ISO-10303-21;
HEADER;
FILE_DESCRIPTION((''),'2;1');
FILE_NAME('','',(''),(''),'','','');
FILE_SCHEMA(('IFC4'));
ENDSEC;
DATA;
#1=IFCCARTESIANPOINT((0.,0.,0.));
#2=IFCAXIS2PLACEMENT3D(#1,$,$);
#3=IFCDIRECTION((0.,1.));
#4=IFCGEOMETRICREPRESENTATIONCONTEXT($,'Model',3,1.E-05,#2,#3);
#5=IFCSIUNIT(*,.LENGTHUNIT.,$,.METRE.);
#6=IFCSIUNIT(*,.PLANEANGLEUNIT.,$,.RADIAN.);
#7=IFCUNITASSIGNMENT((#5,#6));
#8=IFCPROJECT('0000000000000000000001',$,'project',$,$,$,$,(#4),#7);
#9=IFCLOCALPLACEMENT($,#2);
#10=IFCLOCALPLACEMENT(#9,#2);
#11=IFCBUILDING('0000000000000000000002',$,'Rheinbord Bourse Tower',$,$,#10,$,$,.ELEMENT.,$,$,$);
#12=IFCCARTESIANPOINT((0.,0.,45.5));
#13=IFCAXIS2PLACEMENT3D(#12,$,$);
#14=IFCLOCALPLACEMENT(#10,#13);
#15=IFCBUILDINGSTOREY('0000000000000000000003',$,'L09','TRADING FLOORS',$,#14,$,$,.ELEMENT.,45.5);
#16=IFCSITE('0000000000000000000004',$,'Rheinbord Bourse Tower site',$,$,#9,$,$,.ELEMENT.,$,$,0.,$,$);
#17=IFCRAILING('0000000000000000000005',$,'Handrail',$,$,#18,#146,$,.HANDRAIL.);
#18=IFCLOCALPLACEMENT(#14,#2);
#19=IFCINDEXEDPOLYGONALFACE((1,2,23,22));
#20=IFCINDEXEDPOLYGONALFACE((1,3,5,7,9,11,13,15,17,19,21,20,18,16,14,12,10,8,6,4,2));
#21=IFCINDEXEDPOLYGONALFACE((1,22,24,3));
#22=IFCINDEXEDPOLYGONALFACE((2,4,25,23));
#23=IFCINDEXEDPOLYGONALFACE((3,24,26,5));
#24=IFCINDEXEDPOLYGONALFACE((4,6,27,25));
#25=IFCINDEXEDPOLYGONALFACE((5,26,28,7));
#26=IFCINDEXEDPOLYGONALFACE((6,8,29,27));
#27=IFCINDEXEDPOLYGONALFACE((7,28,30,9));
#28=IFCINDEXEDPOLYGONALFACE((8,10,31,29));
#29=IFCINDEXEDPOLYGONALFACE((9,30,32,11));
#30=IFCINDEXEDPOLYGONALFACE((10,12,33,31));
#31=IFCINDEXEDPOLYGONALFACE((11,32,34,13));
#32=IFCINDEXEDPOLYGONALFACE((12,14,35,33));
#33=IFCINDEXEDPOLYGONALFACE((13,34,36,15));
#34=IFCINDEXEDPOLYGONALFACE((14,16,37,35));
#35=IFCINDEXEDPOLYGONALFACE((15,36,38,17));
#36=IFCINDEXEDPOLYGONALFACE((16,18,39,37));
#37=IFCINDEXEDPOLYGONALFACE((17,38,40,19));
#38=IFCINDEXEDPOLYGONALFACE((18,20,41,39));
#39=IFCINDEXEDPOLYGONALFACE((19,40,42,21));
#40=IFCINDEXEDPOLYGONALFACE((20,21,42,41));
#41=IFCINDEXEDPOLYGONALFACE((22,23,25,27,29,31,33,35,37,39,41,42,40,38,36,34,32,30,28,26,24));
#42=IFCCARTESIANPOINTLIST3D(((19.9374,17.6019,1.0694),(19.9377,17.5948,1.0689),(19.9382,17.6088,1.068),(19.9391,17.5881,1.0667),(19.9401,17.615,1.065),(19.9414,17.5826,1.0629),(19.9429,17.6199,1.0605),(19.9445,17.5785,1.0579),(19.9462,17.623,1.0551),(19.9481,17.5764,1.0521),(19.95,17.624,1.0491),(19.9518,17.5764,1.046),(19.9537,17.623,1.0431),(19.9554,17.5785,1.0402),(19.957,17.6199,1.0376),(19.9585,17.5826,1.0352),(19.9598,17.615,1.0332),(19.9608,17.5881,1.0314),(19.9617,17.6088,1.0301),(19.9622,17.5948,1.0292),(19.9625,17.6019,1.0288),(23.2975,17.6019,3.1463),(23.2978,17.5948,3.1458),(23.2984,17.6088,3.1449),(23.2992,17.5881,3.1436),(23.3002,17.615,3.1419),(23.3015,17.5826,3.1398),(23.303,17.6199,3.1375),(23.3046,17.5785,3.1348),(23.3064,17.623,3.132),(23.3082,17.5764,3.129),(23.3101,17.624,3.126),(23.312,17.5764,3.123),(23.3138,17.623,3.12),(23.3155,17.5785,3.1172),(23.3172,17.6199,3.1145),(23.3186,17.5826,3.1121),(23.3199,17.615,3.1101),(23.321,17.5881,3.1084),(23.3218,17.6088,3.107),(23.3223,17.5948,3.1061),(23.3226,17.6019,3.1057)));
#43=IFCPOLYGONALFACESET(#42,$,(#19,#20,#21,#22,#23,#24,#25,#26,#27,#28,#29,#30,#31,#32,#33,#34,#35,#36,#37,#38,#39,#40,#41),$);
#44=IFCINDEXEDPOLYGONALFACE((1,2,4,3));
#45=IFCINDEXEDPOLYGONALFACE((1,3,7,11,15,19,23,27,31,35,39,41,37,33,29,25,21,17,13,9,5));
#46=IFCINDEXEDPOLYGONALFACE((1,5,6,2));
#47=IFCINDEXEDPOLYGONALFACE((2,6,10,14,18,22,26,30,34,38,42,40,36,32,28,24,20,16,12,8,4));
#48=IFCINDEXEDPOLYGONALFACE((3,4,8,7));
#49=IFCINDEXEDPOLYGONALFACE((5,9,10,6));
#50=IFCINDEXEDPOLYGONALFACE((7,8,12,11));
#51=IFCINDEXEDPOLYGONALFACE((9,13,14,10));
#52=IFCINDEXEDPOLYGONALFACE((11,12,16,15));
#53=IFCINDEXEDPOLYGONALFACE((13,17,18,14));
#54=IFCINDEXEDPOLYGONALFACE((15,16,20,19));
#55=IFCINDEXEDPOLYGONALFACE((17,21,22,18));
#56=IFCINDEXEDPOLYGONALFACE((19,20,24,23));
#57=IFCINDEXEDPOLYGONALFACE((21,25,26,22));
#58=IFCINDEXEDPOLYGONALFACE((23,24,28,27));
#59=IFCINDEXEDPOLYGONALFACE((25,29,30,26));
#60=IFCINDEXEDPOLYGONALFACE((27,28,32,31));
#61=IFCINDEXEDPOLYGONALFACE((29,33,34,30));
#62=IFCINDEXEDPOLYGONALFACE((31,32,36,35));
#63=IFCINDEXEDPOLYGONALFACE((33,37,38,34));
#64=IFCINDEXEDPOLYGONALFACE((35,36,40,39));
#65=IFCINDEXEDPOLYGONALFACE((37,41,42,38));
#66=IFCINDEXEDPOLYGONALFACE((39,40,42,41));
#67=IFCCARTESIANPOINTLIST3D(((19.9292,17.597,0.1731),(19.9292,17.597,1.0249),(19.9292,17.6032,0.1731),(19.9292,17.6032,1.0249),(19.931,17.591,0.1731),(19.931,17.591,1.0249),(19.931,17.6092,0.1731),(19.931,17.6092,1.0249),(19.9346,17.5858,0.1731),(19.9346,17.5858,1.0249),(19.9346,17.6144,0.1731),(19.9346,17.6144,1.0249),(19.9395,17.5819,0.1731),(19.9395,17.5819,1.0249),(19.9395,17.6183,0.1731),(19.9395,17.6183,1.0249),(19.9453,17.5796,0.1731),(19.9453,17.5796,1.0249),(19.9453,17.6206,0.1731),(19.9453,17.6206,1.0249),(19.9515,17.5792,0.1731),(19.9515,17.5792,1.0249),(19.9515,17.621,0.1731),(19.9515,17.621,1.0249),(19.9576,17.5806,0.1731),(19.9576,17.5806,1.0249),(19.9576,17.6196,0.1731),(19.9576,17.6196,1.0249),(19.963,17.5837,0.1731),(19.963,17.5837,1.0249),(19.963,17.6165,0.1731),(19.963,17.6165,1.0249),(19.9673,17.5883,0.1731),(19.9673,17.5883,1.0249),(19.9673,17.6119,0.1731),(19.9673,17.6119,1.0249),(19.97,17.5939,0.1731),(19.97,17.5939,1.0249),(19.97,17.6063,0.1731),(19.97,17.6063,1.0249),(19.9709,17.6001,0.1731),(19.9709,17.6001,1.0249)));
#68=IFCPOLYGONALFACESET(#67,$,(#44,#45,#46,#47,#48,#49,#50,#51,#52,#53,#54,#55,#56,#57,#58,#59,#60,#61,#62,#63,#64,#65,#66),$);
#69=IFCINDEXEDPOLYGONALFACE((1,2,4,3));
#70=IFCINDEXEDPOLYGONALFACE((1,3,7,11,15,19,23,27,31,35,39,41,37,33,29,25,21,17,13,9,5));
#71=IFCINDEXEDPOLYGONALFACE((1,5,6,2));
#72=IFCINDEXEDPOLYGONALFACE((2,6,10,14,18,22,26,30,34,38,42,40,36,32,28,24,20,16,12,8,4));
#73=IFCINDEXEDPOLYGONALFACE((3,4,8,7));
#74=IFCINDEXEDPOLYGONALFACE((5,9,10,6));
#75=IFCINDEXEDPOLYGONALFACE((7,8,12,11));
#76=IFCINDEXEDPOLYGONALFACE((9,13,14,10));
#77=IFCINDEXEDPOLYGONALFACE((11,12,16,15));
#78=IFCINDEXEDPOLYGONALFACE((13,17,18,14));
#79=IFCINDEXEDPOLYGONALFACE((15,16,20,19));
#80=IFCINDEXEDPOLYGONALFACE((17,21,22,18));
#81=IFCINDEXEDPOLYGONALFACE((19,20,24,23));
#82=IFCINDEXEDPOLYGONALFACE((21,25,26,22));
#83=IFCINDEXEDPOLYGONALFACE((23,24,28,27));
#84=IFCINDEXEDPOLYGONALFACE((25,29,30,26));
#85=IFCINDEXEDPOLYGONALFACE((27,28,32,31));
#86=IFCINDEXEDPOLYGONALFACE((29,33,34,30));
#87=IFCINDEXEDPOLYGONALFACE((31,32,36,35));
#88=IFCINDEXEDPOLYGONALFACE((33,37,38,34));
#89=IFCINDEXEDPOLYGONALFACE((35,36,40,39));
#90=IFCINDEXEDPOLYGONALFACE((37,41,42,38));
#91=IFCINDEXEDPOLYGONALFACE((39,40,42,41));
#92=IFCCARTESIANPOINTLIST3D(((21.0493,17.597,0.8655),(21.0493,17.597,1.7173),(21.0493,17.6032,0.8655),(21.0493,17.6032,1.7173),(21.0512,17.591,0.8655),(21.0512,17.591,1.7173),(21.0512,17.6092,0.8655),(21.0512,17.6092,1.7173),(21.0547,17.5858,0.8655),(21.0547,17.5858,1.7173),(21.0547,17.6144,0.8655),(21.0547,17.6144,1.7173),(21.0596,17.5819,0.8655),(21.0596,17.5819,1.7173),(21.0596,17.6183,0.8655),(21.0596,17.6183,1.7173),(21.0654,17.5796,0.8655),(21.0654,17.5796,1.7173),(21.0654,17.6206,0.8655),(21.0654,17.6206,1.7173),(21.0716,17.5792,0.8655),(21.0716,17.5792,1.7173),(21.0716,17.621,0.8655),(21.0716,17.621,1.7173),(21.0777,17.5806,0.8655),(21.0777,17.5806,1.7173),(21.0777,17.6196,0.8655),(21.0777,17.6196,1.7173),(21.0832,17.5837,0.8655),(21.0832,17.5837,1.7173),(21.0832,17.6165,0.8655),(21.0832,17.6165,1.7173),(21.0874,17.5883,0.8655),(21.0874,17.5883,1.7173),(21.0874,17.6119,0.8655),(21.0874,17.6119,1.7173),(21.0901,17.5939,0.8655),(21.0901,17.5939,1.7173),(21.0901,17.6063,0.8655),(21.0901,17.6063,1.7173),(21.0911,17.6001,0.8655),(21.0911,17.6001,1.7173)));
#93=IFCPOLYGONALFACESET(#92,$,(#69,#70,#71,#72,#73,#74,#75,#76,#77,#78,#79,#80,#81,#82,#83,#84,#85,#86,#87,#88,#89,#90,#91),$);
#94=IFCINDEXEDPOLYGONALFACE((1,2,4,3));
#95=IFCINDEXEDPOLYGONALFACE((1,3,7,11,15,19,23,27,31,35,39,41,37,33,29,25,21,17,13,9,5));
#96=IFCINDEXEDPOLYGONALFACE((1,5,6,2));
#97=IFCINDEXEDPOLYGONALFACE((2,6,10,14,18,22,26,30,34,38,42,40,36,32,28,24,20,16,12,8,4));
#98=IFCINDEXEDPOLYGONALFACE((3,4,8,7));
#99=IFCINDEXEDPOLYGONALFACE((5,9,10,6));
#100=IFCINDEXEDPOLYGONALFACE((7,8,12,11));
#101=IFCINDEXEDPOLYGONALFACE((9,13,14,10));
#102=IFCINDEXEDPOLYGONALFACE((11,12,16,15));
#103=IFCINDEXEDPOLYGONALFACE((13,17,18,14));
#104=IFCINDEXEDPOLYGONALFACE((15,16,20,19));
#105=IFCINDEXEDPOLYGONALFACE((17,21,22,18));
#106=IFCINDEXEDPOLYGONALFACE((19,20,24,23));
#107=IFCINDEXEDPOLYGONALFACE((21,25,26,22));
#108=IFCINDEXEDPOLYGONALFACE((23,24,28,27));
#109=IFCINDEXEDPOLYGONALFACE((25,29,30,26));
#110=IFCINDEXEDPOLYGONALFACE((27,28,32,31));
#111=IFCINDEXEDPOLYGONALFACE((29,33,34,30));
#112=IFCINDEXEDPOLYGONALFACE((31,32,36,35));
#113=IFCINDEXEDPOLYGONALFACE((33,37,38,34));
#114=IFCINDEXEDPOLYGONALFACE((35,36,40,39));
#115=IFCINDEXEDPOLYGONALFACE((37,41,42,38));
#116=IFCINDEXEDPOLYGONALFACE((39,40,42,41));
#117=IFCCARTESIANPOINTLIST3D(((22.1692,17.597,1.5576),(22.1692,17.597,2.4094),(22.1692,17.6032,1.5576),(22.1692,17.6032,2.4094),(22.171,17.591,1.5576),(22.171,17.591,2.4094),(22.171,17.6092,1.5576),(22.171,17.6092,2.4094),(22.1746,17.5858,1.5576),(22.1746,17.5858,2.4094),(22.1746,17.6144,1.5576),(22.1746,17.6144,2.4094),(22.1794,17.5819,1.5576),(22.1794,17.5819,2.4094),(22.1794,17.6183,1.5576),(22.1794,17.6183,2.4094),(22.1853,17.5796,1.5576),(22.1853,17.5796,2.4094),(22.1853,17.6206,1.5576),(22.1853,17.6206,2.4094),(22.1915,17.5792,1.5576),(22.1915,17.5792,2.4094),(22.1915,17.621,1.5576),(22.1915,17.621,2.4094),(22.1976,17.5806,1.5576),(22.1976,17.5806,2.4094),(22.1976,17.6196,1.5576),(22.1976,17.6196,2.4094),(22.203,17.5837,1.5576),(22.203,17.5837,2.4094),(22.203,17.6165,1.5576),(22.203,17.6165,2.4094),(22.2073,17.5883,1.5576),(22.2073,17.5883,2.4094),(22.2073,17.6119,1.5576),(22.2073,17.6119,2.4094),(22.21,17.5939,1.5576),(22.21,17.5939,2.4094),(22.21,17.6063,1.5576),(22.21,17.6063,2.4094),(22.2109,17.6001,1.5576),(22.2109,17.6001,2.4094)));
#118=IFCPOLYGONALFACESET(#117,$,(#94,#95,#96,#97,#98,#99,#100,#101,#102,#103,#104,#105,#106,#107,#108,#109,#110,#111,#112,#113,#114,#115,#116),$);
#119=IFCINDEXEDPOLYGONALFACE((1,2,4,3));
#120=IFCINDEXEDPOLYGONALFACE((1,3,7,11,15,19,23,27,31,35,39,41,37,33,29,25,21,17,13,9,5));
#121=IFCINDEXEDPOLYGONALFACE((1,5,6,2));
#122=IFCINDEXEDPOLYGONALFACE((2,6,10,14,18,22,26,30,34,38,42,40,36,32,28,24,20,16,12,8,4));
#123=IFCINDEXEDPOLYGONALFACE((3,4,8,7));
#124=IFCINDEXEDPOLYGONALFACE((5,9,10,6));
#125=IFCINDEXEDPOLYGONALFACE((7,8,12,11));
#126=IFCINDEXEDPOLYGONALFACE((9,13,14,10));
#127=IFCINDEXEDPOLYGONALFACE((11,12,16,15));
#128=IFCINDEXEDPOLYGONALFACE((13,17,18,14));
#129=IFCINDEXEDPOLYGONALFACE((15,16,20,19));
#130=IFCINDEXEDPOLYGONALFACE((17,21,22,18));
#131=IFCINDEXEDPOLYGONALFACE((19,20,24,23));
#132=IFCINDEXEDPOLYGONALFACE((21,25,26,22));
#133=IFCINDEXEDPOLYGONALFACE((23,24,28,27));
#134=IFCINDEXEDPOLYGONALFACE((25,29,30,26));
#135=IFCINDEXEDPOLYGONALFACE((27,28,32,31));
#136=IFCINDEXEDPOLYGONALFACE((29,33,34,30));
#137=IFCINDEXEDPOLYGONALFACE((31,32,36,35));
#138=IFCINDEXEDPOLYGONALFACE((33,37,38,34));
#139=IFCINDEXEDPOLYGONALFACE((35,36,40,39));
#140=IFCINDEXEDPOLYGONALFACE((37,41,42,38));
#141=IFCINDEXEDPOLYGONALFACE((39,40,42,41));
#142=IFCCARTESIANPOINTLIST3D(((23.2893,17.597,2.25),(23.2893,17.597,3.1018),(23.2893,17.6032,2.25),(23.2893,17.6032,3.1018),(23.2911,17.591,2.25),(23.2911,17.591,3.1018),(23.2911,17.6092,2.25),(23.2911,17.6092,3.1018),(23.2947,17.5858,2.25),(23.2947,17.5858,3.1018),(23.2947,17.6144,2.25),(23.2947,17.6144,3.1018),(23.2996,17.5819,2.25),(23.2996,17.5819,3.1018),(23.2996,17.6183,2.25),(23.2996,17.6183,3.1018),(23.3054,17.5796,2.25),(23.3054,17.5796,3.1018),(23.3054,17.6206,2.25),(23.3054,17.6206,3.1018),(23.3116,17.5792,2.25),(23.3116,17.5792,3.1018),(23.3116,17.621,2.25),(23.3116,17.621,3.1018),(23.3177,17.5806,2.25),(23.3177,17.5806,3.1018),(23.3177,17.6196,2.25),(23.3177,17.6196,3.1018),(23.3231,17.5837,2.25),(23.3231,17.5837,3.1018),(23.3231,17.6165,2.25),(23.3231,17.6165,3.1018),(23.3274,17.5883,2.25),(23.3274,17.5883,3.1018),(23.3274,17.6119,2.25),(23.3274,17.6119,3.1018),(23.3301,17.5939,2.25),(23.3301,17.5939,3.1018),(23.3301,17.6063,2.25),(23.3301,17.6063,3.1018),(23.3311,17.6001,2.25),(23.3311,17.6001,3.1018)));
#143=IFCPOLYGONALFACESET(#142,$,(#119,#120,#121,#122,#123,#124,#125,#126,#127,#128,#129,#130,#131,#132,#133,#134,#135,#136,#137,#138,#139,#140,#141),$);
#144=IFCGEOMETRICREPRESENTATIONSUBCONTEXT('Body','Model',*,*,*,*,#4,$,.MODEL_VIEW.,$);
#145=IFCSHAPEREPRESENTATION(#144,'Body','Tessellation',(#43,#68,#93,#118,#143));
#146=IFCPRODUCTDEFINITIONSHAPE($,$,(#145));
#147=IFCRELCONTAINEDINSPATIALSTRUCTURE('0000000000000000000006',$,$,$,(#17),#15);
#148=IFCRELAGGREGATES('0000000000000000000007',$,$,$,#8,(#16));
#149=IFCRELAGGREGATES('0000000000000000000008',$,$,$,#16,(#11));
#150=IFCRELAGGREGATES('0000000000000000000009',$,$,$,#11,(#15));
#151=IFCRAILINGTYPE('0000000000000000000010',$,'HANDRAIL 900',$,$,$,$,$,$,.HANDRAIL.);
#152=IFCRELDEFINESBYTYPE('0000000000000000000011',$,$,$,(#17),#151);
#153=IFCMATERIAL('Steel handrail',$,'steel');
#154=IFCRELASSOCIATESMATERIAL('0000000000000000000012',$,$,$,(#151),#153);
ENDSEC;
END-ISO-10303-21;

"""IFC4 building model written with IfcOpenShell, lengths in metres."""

from ifc_helpers import new_model, si_unit, direction, frame, origin, origin_2d, place, context, subcontext, project, spatial, circle, extrude, material, type_object, element, save


model = new_model("IFC4")

# Units and contexts
model_context = context("Model", 3, precision=1e-05, world=origin(), true_north=direction((0.0, 1.0)))
body_context = subcontext(model_context, "Body", "Model", "MODEL_VIEW")
ifc_project = project(units=[si_unit("LENGTHUNIT", "METRE"), si_unit("PLANEANGLEUNIT", "RADIAN")], contexts=[model_context])

# Site, building, storey
site_placement = place(None, origin())
site = spatial("IfcSite", under=ifc_project, at=site_placement, Name="Rheinbord Bourse Tower site", CompositionType="ELEMENT", RefElevation=0.0)
building_placement = place(site_placement, origin())
building = spatial("IfcBuilding", under=site, at=building_placement, Name="Rheinbord Bourse Tower", CompositionType="ELEMENT")
storey_placement = place(building_placement, frame((0.0, 0.0, 45.5)))
storey = spatial("IfcBuildingStorey", under=building, at=storey_placement, Name="L09", Description="TRADING FLOORS", CompositionType="ELEMENT", Elevation=45.5)

# Railing
ifc_material_1 = material(Name="Steel handrail", Category="steel")
railing_type = type_object("IfcRailingType", Name="HANDRAIL 900", PredefinedType="HANDRAIL", material=ifc_material_1)
railing_1_placement = place(storey_placement, frame((19.95, 17.6001, 0.1731)))
element("IfcRailing", 1, at=railing_1_placement, inside=storey, type_object=railing_type, Name="Handrail", PredefinedType="HANDRAIL", context=body_context, shape_type="SweptSolid", body=[
    extrude(circle(Radius=0.0239, at=origin_2d()), frame((0.0, 0.0, 0.876), z_axis=(0.850623, 0.0, 0.525776), x_axis=(0.0, 1.0, 0.0)), (0.0, 0.0, 1.0), 3.9502),
    extrude(circle(Radius=0.021, at=origin_2d()), origin(), (0.0, 0.0, 1.0), 0.8518),
    extrude(circle(Radius=0.021, at=origin_2d()), frame((1.1201, 0.0, 0.6924)), (0.0, 0.0, 1.0), 0.8518),
    extrude(circle(Radius=0.021, at=origin_2d()), frame((2.24, 0.0, 1.3845)), (0.0, 0.0, 1.0), 0.8518),
    extrude(circle(Radius=0.021, at=origin_2d()), frame((3.3601, 0.0, 2.0769)), (0.0, 0.0, 1.0), 0.8518),
])

save(model, "model.ifc")
